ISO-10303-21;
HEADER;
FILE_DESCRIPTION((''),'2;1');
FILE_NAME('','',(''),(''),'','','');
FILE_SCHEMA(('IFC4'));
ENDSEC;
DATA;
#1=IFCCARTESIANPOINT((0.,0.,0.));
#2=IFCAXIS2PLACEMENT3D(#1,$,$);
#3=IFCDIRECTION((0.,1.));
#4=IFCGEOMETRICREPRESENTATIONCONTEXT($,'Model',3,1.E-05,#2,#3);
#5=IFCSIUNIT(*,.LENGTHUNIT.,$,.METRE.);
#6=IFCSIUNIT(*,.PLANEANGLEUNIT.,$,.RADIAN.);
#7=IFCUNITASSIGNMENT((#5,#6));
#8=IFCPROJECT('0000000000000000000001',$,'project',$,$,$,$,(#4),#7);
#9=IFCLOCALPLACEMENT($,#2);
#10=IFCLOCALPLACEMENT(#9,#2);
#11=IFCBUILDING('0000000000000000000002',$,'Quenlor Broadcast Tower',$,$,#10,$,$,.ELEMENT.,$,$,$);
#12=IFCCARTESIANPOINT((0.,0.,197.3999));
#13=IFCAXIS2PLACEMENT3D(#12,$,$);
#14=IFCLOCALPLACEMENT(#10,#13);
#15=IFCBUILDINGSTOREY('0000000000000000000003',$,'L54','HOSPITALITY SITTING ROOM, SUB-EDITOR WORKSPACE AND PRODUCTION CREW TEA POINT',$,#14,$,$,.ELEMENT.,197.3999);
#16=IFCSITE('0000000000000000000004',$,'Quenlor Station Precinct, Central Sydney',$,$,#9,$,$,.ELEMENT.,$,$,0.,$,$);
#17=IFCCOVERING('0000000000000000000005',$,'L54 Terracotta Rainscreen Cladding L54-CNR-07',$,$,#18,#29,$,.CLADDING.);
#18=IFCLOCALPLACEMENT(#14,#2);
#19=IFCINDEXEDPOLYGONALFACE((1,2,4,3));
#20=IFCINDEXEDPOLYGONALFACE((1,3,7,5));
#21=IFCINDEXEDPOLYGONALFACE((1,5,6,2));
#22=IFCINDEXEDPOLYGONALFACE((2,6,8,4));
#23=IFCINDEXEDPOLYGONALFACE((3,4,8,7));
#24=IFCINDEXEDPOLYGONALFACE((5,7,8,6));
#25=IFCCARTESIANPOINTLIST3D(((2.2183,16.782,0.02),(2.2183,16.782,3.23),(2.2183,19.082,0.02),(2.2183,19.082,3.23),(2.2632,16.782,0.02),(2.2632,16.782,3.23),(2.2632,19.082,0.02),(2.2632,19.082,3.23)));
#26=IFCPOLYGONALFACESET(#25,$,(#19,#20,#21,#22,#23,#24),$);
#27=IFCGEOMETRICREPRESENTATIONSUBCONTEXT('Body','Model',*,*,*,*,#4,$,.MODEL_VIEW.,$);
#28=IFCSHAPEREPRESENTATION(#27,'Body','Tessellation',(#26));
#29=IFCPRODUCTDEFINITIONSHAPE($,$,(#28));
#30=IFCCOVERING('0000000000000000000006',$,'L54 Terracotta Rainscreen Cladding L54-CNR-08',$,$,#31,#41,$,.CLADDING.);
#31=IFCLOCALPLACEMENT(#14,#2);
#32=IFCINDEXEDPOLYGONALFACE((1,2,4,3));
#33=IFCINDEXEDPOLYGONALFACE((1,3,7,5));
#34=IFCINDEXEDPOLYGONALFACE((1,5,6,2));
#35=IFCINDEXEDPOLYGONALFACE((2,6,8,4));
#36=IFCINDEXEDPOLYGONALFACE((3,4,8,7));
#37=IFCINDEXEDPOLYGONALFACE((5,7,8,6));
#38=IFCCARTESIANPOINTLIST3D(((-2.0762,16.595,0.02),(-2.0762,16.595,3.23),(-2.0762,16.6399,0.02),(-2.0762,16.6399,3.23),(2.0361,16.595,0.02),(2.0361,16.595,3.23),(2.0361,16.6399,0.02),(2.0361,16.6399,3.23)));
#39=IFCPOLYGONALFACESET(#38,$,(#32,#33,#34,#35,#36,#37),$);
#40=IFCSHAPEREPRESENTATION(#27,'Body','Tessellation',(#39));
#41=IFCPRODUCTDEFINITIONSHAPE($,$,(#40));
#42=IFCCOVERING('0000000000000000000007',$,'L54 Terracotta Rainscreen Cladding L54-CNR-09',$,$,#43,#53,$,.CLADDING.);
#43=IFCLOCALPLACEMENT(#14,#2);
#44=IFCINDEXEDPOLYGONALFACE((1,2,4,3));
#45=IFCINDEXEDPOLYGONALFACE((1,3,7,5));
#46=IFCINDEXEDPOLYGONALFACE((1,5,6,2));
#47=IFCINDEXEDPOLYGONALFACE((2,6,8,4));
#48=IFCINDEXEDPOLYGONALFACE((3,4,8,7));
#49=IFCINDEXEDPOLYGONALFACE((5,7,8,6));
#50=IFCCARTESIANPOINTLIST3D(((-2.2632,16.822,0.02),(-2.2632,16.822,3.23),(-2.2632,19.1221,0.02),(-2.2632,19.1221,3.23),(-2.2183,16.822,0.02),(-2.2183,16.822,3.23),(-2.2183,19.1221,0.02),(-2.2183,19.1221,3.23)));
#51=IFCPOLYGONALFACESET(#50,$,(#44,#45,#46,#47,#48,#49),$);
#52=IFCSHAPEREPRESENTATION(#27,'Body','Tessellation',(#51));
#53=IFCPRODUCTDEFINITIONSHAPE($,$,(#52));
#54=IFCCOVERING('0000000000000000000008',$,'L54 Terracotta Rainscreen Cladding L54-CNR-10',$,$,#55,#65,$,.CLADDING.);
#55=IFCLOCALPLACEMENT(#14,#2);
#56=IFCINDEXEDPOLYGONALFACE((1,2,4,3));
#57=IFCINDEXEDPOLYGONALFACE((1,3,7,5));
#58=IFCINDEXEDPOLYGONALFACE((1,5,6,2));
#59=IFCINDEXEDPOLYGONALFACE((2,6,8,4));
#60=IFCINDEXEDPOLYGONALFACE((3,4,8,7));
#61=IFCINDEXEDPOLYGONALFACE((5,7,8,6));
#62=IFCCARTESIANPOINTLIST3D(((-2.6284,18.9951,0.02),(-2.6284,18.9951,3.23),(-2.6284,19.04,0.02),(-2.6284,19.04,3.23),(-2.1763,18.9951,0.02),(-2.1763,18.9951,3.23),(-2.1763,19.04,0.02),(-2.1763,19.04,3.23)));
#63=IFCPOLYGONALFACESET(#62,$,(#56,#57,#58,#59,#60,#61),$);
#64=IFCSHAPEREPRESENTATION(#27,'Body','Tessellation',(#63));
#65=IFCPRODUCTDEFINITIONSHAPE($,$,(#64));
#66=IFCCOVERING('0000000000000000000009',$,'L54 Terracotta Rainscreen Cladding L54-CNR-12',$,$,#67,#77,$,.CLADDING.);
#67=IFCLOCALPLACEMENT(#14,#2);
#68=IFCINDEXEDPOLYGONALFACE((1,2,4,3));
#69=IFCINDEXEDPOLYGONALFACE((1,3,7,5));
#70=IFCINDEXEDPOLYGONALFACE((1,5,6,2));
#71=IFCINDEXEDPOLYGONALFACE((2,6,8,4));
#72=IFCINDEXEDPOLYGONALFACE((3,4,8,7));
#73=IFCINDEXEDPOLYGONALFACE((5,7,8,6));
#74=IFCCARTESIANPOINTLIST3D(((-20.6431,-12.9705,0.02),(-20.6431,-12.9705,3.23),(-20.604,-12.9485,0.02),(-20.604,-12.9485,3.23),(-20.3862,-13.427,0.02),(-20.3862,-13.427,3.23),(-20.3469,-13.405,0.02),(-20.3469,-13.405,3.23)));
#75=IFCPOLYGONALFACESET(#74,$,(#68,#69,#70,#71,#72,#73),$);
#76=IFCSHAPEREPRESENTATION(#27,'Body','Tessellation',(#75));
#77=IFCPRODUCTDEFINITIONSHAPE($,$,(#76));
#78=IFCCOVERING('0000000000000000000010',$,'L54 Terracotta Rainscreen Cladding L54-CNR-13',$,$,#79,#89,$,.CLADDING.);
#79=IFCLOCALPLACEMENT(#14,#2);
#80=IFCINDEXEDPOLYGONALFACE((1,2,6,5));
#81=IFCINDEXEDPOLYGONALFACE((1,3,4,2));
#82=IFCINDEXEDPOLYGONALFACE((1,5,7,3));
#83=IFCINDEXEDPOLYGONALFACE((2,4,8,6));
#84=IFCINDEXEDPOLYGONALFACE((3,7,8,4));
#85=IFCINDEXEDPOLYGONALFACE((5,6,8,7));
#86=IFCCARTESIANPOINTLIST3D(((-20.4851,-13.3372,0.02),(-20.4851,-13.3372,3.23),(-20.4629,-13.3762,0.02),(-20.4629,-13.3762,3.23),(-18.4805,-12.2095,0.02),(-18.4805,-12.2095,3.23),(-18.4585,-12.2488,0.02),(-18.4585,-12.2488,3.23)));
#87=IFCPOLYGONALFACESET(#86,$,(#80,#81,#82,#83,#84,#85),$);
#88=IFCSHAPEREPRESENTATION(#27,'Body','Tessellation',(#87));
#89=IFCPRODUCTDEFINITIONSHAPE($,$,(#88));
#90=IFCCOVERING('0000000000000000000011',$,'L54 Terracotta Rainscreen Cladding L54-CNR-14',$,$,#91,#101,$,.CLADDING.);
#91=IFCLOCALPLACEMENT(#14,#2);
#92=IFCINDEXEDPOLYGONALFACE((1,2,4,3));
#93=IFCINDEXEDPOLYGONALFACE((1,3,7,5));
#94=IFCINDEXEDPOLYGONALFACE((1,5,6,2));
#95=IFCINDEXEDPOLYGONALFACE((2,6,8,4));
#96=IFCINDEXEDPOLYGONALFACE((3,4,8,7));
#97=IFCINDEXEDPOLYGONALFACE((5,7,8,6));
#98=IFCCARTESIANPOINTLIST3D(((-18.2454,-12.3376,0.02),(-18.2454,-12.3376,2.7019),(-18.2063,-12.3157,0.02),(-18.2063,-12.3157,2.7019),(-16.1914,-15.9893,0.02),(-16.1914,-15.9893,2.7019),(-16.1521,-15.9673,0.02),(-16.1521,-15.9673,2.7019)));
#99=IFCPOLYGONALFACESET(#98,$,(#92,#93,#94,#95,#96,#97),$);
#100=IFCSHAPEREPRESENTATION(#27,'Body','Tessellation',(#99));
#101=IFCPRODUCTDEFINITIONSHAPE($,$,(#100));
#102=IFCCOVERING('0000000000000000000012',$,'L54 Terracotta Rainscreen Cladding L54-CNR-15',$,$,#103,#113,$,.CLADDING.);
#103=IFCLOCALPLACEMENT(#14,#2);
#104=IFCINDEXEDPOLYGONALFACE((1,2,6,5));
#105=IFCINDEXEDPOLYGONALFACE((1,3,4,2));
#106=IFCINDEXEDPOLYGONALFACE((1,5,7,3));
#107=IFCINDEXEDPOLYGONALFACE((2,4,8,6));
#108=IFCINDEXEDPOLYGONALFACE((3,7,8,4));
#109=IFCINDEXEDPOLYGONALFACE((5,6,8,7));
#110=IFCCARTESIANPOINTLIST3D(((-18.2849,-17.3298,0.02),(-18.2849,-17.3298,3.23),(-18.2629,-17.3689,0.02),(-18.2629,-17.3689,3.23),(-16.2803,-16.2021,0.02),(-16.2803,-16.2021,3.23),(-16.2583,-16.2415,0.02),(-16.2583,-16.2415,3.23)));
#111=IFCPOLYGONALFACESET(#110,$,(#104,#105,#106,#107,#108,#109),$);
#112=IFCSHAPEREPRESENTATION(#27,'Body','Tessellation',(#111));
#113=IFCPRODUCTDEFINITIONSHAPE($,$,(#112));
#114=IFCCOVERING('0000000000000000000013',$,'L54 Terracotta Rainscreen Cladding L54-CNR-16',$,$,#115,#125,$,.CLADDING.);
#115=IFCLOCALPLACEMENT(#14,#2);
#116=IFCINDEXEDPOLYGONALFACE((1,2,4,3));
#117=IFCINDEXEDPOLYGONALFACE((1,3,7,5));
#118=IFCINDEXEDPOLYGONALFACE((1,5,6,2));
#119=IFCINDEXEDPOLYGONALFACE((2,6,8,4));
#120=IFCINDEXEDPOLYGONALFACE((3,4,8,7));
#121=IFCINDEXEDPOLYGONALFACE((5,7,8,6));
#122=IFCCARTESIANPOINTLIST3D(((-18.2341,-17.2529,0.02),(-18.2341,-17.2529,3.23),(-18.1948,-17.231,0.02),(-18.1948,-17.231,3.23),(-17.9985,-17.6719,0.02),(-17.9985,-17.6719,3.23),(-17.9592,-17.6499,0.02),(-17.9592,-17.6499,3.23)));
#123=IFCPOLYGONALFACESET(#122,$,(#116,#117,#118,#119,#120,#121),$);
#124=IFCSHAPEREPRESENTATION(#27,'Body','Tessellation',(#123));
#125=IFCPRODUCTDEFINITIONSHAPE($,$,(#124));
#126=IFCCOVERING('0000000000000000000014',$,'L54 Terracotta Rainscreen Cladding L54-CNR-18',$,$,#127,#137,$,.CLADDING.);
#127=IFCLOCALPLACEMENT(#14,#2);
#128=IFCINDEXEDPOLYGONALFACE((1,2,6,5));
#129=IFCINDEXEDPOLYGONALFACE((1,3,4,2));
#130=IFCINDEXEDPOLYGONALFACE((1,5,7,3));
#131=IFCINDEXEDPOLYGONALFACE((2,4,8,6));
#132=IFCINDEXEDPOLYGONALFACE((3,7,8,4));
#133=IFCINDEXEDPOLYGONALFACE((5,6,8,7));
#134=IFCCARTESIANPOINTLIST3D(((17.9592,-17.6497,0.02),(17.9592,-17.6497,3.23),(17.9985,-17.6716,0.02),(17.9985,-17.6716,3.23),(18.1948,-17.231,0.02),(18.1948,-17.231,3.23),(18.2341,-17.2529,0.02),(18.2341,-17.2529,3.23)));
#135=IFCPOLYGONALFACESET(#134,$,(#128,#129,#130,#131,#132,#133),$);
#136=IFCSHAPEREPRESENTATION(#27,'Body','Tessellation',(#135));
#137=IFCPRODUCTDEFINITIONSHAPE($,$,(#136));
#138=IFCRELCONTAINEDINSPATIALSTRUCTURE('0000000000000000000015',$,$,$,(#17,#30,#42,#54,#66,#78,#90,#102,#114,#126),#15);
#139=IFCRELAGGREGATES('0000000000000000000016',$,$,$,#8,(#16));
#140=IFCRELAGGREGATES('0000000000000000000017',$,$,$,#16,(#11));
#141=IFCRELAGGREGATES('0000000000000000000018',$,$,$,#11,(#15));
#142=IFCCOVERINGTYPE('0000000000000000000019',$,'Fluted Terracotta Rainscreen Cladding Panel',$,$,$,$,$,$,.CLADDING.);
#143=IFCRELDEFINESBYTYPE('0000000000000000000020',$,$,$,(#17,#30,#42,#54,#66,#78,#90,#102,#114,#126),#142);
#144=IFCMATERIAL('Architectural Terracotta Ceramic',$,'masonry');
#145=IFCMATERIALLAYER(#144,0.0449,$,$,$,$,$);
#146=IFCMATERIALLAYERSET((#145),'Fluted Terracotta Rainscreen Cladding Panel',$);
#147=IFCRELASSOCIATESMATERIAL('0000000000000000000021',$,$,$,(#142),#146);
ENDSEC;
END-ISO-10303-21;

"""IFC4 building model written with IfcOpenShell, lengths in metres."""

from ifc_helpers import new_model, si_unit, direction, frame, origin, place, context, subcontext, project, spatial, polyline, outline, extrude, material, layer, layer_set, type_object, element, save


model = new_model("IFC4")

# Units and contexts
model_context = context("Model", 3, precision=1e-05, world=origin(), true_north=direction((0.0, 1.0)))
body_context = subcontext(model_context, "Body", "Model", "MODEL_VIEW")
ifc_project = project(units=[si_unit("LENGTHUNIT", "METRE"), si_unit("PLANEANGLEUNIT", "RADIAN")], contexts=[model_context])

# Site, building, storey
site_placement = place(None, origin())
site = spatial("IfcSite", under=ifc_project, at=site_placement, Name="Quenlor Station Precinct, Central Sydney", CompositionType="ELEMENT", RefElevation=0.0)
building_placement = place(site_placement, origin())
building = spatial("IfcBuilding", under=site, at=building_placement, Name="Quenlor Broadcast Tower", CompositionType="ELEMENT")
storey_placement = place(building_placement, frame((0.0, 0.0, 197.3999)))
storey = spatial("IfcBuildingStorey", under=building, at=storey_placement, Name="L54", Description="HOSPITALITY SITTING ROOM, SUB-EDITOR WORKSPACE AND PRODUCTION CREW TEA POINT", CompositionType="ELEMENT", Elevation=197.3999)

# Coverings
ifc_material_1 = material(Name="Architectural Terracotta Ceramic", Category="masonry")
ifc_layer_1 = layer(ifc_material_1, 0.0449)
ifc_layer_set_1 = layer_set([ifc_layer_1], Name="Fluted Terracotta Rainscreen Cladding Panel")
covering_type_1 = type_object("IfcCoveringType", Name="Fluted Terracotta Rainscreen Cladding Panel", PredefinedType="CLADDING", material=ifc_layer_set_1)
covering_1_placement = place(storey_placement, frame((0.0, 0.0, 0.02)))
element("IfcCovering", 1, at=covering_1_placement, inside=storey, type_object=covering_type_1, Name="L54 Terracotta Rainscreen Cladding L54-CNR-07", PredefinedType="CLADDING", context=body_context, shape_type="SweptSolid", body=[
    extrude(outline(polyline([(2.2183, 19.082), (2.2183, 16.782), (2.2632, 16.782), (2.2632, 19.082), (2.2183, 19.082)])), origin(), (0.0, 0.0, 1.0), 3.21),
])
covering_2_placement = place(storey_placement, frame((0.0, 0.0, 0.02)))
element("IfcCovering", 2, at=covering_2_placement, inside=storey, type_object=covering_type_1, Name="L54 Terracotta Rainscreen Cladding L54-CNR-08", PredefinedType="CLADDING", context=body_context, shape_type="SweptSolid", body=[
    extrude(outline(polyline([(2.0361, 16.6399), (-2.0762, 16.6399), (-2.0762, 16.595), (2.0361, 16.595), (2.0361, 16.6399)])), origin(), (0.0, 0.0, 1.0), 3.21),
])
covering_3_placement = place(storey_placement, frame((0.0, 0.0, 0.02)))
element("IfcCovering", 3, at=covering_3_placement, inside=storey, type_object=covering_type_1, Name="L54 Terracotta Rainscreen Cladding L54-CNR-09", PredefinedType="CLADDING", context=body_context, shape_type="SweptSolid", body=[
    extrude(outline(polyline([(-2.2183, 16.822), (-2.2183, 19.1221), (-2.2632, 19.1221), (-2.2632, 16.822), (-2.2183, 16.822)])), origin(), (0.0, 0.0, 1.0), 3.21),
])
covering_4_placement = place(storey_placement, frame((0.0, 0.0, 0.02)))
element("IfcCovering", 4, at=covering_4_placement, inside=storey, type_object=covering_type_1, Name="L54 Terracotta Rainscreen Cladding L54-CNR-10", PredefinedType="CLADDING", context=body_context, shape_type="SweptSolid", body=[
    extrude(outline(polyline([(-2.1763, 19.04), (-2.6284, 19.04), (-2.6284, 18.9951), (-2.1763, 18.9951), (-2.1763, 19.04)])), origin(), (0.0, 0.0, 1.0), 3.21),
])
covering_5_placement = place(storey_placement, frame((0.0, 0.0, 0.02)))
element("IfcCovering", 5, at=covering_5_placement, inside=storey, type_object=covering_type_1, Name="L54 Terracotta Rainscreen Cladding L54-CNR-12", PredefinedType="CLADDING", context=body_context, shape_type="SweptSolid", body=[
    extrude(outline(polyline([(-20.6431, -12.9705), (-20.3862, -13.427), (-20.3469, -13.405), (-20.604, -12.9485), (-20.6431, -12.9705)])), origin(), (0.0, 0.0, 1.0), 3.21),
])
covering_6_placement = place(storey_placement, frame((0.0, 0.0, 0.02)))
element("IfcCovering", 6, at=covering_6_placement, inside=storey, type_object=covering_type_1, Name="L54 Terracotta Rainscreen Cladding L54-CNR-13", PredefinedType="CLADDING", context=body_context, shape_type="SweptSolid", body=[
    extrude(outline(polyline([(-20.4629, -13.3762), (-18.4585, -12.2488), (-18.4805, -12.2095), (-20.4851, -13.3372), (-20.4629, -13.3762)])), origin(), (0.0, 0.0, 1.0), 3.21),
])
covering_7_placement = place(storey_placement, frame((0.0, 0.0, 0.02)))
element("IfcCovering", 7, at=covering_7_placement, inside=storey, type_object=covering_type_1, Name="L54 Terracotta Rainscreen Cladding L54-CNR-14", PredefinedType="CLADDING", context=body_context, shape_type="SweptSolid", body=[
    extrude(outline(polyline([(-18.2454, -12.3376), (-16.1914, -15.9893), (-16.1521, -15.9673), (-18.2063, -12.3157), (-18.2454, -12.3376)])), origin(), (0.0, 0.0, 1.0), 2.6819),
])
covering_8_placement = place(storey_placement, frame((0.0, 0.0, 0.02)))
element("IfcCovering", 8, at=covering_8_placement, inside=storey, type_object=covering_type_1, Name="L54 Terracotta Rainscreen Cladding L54-CNR-15", PredefinedType="CLADDING", context=body_context, shape_type="SweptSolid", body=[
    extrude(outline(polyline([(-16.2803, -16.2021), (-18.2849, -17.3298), (-18.2629, -17.3689), (-16.2583, -16.2415), (-16.2803, -16.2021)])), origin(), (0.0, 0.0, 1.0), 3.21),
])
covering_9_placement = place(storey_placement, frame((0.0, 0.0, 0.02)))
element("IfcCovering", 9, at=covering_9_placement, inside=storey, type_object=covering_type_1, Name="L54 Terracotta Rainscreen Cladding L54-CNR-16", PredefinedType="CLADDING", context=body_context, shape_type="SweptSolid", body=[
    extrude(outline(polyline([(-18.2341, -17.2529), (-17.9985, -17.6719), (-17.9592, -17.6499), (-18.1948, -17.231), (-18.2341, -17.2529)])), origin(), (0.0, 0.0, 1.0), 3.21),
])
covering_10_placement = place(storey_placement, frame((0.0, 0.0, 0.02)))
element("IfcCovering", 10, at=covering_10_placement, inside=storey, type_object=covering_type_1, Name="L54 Terracotta Rainscreen Cladding L54-CNR-18", PredefinedType="CLADDING", context=body_context, shape_type="SweptSolid", body=[
    extrude(outline(polyline([(17.9985, -17.6716), (18.2341, -17.2529), (18.1948, -17.231), (17.9592, -17.6497), (17.9985, -17.6716)])), origin(), (0.0, 0.0, 1.0), 3.21),
])

save(model, "model.ifc")
